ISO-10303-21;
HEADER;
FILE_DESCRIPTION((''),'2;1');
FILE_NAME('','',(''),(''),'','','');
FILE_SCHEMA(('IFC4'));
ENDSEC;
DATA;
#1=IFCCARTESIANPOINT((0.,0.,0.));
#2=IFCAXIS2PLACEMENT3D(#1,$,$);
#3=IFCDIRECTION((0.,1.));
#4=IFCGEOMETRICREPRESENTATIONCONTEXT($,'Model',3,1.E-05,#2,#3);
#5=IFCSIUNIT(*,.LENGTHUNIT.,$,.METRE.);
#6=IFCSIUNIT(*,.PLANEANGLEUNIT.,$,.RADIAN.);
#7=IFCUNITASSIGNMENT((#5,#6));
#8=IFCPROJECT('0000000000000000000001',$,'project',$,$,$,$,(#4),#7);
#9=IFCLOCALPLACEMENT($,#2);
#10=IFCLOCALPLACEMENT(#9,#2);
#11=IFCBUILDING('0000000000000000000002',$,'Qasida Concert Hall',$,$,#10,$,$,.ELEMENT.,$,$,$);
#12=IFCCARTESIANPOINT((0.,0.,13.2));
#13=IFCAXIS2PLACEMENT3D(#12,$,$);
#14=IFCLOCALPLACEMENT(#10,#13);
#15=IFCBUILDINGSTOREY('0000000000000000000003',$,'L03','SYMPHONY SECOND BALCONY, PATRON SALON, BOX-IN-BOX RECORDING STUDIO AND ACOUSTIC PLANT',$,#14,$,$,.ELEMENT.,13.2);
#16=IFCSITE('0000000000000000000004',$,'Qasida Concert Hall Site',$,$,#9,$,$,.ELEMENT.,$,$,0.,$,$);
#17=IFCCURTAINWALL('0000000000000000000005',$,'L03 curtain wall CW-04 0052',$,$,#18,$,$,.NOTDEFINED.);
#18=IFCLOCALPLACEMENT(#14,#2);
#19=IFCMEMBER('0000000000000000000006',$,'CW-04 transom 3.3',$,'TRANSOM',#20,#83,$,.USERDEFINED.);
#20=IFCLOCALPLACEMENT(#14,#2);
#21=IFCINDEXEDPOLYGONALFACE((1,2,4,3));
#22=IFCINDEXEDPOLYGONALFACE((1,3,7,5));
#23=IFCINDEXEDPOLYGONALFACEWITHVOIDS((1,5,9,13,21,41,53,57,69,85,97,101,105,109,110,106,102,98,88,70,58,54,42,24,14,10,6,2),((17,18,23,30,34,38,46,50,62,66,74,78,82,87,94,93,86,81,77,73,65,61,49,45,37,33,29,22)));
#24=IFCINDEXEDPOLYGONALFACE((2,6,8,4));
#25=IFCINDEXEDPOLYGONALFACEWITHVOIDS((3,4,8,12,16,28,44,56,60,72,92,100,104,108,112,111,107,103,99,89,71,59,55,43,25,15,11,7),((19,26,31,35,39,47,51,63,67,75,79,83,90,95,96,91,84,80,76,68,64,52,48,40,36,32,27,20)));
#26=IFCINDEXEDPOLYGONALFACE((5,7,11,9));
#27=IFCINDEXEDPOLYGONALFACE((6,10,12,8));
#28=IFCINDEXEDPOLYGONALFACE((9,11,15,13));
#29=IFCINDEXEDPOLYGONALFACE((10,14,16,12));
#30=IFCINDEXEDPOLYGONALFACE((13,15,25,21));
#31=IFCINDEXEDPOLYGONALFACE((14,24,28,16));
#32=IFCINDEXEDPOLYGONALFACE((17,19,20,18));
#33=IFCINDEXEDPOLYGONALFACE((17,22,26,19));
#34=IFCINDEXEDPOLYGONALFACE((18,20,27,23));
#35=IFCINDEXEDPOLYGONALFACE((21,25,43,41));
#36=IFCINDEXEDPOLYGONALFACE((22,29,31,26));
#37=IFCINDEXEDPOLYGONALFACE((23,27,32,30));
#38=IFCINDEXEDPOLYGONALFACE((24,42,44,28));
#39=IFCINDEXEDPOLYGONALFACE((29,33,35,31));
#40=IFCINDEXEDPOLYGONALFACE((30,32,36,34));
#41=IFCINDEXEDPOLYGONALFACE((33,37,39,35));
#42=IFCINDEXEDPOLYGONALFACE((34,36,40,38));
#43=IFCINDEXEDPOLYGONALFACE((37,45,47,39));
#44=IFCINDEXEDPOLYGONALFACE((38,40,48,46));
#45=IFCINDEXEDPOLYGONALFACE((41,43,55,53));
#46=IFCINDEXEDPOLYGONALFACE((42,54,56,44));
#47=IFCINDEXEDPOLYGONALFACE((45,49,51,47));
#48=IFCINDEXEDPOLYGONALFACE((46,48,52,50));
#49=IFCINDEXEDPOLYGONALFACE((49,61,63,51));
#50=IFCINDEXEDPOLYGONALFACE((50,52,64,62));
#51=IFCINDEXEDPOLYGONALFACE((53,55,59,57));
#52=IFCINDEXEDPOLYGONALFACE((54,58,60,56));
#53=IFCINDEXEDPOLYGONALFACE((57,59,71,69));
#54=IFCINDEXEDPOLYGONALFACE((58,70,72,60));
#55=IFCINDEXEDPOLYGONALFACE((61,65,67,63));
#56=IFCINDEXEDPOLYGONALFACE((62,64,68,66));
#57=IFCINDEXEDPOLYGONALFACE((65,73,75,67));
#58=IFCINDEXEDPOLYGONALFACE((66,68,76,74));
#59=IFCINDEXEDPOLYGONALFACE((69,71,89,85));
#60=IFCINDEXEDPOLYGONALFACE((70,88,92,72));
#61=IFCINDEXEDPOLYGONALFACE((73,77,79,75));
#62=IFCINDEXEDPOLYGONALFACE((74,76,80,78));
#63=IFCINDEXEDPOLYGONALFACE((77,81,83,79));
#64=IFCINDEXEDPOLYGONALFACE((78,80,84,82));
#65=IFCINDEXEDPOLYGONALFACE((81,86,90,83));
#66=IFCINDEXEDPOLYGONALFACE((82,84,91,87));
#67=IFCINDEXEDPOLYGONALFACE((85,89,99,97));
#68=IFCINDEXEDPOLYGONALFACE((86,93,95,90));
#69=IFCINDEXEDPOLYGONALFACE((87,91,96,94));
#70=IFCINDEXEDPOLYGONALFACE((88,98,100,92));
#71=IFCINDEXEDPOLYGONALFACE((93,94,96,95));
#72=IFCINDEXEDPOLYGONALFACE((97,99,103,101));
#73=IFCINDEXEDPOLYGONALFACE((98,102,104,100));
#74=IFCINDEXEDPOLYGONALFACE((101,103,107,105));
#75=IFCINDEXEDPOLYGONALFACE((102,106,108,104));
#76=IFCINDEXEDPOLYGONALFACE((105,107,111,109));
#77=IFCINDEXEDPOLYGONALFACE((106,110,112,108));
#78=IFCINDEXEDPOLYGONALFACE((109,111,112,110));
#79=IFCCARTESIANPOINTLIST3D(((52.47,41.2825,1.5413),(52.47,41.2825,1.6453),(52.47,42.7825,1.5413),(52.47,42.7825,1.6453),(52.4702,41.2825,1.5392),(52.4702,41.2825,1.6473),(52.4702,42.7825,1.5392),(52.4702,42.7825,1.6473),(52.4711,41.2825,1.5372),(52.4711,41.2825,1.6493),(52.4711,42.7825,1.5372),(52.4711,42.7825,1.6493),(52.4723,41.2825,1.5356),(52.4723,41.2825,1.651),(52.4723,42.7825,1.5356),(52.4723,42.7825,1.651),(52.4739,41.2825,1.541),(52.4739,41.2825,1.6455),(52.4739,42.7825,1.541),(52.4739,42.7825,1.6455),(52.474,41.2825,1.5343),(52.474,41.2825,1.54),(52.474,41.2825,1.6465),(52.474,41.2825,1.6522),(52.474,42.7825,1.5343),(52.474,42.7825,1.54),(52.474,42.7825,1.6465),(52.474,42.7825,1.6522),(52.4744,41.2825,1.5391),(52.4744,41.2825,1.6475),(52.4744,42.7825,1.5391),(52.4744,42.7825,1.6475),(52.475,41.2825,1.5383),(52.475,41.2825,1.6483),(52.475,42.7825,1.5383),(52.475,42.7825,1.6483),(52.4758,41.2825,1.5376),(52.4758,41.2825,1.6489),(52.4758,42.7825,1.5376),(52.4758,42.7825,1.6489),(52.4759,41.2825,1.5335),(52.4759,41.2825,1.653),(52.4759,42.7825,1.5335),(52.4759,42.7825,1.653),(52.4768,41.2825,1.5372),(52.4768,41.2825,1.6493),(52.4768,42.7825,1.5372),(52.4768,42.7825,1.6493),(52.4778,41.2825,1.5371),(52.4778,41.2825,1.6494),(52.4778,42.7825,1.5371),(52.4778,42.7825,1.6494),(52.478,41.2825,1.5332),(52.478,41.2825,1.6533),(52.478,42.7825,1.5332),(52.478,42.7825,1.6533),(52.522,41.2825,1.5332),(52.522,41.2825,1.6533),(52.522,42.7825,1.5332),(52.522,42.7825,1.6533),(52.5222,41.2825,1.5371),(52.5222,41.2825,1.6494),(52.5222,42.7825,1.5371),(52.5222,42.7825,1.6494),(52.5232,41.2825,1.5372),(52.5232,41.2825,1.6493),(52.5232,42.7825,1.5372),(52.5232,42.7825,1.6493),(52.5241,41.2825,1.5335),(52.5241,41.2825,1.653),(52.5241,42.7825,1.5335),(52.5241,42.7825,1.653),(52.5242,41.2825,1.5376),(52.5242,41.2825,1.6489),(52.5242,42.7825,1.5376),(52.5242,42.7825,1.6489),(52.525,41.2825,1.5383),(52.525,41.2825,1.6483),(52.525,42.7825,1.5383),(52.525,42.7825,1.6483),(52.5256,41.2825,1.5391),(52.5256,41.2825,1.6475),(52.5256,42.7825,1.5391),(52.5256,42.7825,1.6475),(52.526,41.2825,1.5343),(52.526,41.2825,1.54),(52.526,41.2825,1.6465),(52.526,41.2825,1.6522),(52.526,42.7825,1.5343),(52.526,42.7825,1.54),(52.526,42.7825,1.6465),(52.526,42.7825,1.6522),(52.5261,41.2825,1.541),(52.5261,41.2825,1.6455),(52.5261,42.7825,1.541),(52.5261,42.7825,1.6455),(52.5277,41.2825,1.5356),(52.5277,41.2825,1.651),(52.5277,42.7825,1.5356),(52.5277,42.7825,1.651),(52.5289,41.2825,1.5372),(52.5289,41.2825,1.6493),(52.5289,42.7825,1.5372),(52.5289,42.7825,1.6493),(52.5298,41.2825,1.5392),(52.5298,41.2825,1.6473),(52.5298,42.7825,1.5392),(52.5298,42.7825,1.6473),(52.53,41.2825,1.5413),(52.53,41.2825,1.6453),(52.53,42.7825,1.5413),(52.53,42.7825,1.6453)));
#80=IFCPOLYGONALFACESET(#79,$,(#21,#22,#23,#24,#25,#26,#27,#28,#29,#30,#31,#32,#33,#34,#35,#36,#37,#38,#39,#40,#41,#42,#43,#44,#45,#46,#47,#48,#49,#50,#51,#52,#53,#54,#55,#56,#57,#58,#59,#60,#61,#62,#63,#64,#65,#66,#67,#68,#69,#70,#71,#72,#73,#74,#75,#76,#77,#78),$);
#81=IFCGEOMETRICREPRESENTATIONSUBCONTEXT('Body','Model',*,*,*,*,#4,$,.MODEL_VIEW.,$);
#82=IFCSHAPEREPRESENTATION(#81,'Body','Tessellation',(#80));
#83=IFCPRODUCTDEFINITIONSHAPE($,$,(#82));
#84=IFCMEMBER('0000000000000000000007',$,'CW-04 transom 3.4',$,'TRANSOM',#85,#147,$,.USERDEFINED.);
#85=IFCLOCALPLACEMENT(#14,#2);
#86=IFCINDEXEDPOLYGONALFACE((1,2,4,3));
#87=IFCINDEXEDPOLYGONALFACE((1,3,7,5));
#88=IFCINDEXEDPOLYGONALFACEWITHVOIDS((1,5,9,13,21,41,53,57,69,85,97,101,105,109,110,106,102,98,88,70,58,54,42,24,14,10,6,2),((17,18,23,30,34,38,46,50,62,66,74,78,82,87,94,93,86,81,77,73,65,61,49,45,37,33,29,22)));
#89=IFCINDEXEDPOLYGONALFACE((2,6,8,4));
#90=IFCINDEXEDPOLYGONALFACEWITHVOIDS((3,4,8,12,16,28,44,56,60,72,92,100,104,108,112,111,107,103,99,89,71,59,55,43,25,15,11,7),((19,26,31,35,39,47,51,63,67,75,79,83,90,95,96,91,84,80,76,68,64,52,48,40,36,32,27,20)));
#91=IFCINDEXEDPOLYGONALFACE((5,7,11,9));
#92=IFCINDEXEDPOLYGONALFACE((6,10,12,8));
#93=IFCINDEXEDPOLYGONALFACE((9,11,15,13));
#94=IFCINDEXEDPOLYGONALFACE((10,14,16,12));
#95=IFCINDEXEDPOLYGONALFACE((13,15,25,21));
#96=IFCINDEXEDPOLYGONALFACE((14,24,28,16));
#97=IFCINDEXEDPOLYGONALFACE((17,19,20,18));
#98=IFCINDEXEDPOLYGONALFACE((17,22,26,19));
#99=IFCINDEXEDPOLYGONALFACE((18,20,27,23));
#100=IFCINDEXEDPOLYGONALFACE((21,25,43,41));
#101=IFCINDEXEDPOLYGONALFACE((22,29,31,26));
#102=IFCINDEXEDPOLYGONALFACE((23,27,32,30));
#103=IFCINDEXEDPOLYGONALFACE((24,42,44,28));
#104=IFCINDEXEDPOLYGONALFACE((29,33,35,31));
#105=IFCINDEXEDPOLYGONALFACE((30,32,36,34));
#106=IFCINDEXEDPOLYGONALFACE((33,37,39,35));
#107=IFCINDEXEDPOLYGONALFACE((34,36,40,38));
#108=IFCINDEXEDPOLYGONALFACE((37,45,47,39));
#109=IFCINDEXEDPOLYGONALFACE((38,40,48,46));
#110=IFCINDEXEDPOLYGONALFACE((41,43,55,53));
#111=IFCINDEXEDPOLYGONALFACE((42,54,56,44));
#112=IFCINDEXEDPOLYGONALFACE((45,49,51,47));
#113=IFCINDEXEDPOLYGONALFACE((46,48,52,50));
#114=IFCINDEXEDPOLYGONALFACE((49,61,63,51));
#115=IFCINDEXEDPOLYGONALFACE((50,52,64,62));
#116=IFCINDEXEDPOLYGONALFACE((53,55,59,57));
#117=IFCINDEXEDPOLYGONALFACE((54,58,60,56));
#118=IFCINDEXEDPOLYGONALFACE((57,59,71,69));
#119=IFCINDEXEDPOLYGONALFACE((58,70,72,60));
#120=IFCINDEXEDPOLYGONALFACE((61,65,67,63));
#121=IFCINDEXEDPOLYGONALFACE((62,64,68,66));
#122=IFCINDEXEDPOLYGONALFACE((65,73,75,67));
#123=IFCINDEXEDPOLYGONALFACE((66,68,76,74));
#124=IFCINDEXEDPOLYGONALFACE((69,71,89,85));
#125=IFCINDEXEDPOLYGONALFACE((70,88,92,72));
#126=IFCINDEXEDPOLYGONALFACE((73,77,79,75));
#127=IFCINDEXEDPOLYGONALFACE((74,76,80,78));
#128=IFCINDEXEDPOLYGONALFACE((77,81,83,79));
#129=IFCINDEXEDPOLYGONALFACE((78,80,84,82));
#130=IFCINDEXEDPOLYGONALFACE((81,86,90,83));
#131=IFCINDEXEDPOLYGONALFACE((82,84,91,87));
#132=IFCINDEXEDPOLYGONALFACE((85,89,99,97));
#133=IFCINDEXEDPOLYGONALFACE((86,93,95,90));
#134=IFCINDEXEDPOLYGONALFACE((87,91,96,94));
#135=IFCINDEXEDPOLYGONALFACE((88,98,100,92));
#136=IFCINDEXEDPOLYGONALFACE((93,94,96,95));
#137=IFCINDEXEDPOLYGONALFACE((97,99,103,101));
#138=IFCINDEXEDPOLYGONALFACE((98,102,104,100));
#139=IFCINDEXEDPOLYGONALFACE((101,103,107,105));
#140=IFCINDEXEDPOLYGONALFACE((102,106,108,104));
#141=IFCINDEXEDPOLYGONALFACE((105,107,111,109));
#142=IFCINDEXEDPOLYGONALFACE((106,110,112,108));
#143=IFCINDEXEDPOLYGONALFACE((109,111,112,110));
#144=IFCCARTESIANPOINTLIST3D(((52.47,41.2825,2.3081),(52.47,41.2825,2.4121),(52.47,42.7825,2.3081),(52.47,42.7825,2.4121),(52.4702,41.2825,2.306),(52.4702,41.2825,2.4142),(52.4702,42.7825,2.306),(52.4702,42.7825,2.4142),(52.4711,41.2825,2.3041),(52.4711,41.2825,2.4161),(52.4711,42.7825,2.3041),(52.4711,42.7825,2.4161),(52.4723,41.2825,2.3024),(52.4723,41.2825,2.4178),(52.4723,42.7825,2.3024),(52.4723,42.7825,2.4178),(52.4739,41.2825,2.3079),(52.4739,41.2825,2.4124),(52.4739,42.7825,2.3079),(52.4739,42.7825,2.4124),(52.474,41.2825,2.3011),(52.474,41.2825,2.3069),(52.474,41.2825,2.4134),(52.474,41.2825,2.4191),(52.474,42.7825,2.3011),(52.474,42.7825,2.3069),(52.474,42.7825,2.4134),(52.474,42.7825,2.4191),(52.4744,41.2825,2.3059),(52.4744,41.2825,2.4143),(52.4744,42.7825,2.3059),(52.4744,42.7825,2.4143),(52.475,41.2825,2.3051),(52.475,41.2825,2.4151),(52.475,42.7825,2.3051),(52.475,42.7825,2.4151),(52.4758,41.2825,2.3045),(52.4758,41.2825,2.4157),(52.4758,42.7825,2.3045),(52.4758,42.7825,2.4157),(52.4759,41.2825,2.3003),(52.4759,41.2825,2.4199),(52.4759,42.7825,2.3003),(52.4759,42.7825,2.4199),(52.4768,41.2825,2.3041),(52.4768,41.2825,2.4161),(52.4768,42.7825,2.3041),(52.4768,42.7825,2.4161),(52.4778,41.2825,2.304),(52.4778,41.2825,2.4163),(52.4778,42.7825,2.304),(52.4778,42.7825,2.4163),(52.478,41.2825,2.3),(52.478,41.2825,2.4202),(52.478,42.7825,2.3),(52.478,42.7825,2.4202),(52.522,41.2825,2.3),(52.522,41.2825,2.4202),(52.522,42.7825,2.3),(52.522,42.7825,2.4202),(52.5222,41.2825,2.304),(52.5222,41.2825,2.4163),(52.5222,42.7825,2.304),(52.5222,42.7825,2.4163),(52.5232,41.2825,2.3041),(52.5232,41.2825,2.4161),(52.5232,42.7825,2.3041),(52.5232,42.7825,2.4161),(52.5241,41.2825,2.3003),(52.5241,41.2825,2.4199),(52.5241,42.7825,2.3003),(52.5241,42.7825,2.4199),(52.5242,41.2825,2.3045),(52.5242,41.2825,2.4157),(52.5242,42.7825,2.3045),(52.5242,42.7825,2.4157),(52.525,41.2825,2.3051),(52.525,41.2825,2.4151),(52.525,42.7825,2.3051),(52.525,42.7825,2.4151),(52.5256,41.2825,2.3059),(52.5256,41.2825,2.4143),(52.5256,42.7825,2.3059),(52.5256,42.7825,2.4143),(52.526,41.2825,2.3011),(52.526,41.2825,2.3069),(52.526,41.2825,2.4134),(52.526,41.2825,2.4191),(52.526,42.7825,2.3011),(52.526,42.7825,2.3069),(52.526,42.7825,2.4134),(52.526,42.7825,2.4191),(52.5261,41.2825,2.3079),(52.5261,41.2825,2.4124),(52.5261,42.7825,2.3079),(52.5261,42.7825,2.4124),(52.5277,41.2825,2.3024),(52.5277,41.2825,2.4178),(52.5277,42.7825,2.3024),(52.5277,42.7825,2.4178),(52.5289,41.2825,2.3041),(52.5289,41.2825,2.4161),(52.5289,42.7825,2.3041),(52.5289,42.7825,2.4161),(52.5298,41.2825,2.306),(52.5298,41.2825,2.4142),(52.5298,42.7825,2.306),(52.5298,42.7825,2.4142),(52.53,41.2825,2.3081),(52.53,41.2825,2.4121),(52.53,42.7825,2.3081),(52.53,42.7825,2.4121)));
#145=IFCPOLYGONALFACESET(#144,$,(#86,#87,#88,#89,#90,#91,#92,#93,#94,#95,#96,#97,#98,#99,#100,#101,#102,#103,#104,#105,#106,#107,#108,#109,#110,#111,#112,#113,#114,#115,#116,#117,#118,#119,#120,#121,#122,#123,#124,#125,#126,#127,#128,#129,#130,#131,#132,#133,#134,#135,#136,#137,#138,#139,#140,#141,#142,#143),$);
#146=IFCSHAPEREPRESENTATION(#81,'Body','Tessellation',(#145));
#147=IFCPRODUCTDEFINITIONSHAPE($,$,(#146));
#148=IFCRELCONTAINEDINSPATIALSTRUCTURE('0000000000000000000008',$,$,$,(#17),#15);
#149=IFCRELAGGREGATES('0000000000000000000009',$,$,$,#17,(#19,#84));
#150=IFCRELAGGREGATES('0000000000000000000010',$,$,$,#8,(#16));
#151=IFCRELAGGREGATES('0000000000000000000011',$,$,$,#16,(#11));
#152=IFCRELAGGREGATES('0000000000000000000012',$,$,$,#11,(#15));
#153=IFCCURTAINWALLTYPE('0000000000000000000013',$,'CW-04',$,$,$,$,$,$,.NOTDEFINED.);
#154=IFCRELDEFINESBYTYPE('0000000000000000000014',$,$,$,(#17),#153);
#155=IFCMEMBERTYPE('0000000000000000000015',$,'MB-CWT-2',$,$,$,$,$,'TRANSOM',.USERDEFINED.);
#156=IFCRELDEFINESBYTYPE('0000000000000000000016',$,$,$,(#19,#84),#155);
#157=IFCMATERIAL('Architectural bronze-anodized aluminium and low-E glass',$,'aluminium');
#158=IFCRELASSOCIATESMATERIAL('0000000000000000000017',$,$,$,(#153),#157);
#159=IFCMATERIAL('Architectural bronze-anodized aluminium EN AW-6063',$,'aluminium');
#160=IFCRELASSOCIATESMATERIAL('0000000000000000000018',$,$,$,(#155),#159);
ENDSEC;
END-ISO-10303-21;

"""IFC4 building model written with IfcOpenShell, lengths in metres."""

from ifc_helpers import new_model, si_unit, direction, frame, origin, origin_2d, place, context, subcontext, project, spatial, hollow_rectangle, extrude, material, material_profile, profile_set, type_object, element, aggregate, save


model = new_model("IFC4")

# Units and contexts
model_context = context("Model", 3, precision=1e-05, world=origin(), true_north=direction((0.0, 1.0)))
body_context = subcontext(model_context, "Body", "Model", "MODEL_VIEW")
ifc_project = project(units=[si_unit("LENGTHUNIT", "METRE"), si_unit("PLANEANGLEUNIT", "RADIAN")], contexts=[model_context])

# Site, building, storey
site_placement = place(None, origin())
site = spatial("IfcSite", under=ifc_project, at=site_placement, Name="Qasida Concert Hall Site", CompositionType="ELEMENT", RefElevation=0.0)
building_placement = place(site_placement, origin())
building = spatial("IfcBuilding", under=site, at=building_placement, Name="Qasida Concert Hall", CompositionType="ELEMENT")
storey_placement = place(building_placement, frame((0.0, 0.0, 13.2)))
storey = spatial("IfcBuildingStorey", under=building, at=storey_placement, Name="L03", Description="SYMPHONY SECOND BALCONY, PATRON SALON, BOX-IN-BOX RECORDING STUDIO AND ACOUSTIC PLANT", CompositionType="ELEMENT", Elevation=13.2)

# Curtain wall, members
ifc_material_1 = material(Name="Architectural bronze-anodized aluminium and low-E glass", Category="aluminium")
curtain_wall_type = type_object("IfcCurtainWallType", Name="CW-04", PredefinedType="NOTDEFINED", material=ifc_material_1)
curtain_wall_placement = place(storey_placement, origin())
curtain_wall = element("IfcCurtainWall", 1, at=curtain_wall_placement, inside=storey, type_object=curtain_wall_type, Name="L03 curtain wall CW-04 0052", PredefinedType="NOTDEFINED")
ifc_material_2 = material(Name="Architectural bronze-anodized aluminium EN AW-6063", Category="aluminium")
ifc_material_profile_1 = material_profile(ifc_material_2, hollow_rectangle(XDim=0.0601, YDim=0.1201, WallThickness=0.0039, InnerFilletRadius=0.0039, OuterFilletRadius=0.0081, at=origin_2d()), Name="CWT 120x60x4")
ifc_profile_set_1 = profile_set([ifc_material_profile_1], Name="Architectural bronze-anodized aluminium EN AW-6063")
member_type_1 = type_object("IfcMemberType", Name="MB-CWT-2", ElementType="TRANSOM", PredefinedType="USERDEFINED", material=ifc_profile_set_1)
member_1_placement = place(storey_placement, frame((52.5, 41.2825, 1.5933), z_axis=(0.0, 1.0, 0.0), x_axis=(-1.0, 0.0, 0.0)))
member_1 = element("IfcMember", 2, at=member_1_placement, type_object=member_type_1, Name="CW-04 transom 3.3", ObjectType="TRANSOM", PredefinedType="USERDEFINED", context=body_context, shape_type="SweptSolid", body=[
    extrude(hollow_rectangle(XDim=0.0601, YDim=0.1201, WallThickness=0.0039, InnerFilletRadius=0.0039, OuterFilletRadius=0.0081, at=origin_2d()), origin(), (0.0, 0.0, 1.0), 1.5),
])
member_2_placement = place(storey_placement, frame((52.5, 41.2825, 2.3601), z_axis=(0.0, 1.0, 0.0), x_axis=(-1.0, 0.0, 0.0)))
member_2 = element("IfcMember", 3, at=member_2_placement, type_object=member_type_1, Name="CW-04 transom 3.4", ObjectType="TRANSOM", PredefinedType="USERDEFINED", context=body_context, shape_type="SweptSolid", body=[
    extrude(hollow_rectangle(XDim=0.0601, YDim=0.1201, WallThickness=0.0039, InnerFilletRadius=0.0039, OuterFilletRadius=0.0081, at=origin_2d()), origin(), (0.0, 0.0, 1.0), 1.5),
])
aggregate(curtain_wall, [member_1, member_2])

save(model, "model.ifc")
